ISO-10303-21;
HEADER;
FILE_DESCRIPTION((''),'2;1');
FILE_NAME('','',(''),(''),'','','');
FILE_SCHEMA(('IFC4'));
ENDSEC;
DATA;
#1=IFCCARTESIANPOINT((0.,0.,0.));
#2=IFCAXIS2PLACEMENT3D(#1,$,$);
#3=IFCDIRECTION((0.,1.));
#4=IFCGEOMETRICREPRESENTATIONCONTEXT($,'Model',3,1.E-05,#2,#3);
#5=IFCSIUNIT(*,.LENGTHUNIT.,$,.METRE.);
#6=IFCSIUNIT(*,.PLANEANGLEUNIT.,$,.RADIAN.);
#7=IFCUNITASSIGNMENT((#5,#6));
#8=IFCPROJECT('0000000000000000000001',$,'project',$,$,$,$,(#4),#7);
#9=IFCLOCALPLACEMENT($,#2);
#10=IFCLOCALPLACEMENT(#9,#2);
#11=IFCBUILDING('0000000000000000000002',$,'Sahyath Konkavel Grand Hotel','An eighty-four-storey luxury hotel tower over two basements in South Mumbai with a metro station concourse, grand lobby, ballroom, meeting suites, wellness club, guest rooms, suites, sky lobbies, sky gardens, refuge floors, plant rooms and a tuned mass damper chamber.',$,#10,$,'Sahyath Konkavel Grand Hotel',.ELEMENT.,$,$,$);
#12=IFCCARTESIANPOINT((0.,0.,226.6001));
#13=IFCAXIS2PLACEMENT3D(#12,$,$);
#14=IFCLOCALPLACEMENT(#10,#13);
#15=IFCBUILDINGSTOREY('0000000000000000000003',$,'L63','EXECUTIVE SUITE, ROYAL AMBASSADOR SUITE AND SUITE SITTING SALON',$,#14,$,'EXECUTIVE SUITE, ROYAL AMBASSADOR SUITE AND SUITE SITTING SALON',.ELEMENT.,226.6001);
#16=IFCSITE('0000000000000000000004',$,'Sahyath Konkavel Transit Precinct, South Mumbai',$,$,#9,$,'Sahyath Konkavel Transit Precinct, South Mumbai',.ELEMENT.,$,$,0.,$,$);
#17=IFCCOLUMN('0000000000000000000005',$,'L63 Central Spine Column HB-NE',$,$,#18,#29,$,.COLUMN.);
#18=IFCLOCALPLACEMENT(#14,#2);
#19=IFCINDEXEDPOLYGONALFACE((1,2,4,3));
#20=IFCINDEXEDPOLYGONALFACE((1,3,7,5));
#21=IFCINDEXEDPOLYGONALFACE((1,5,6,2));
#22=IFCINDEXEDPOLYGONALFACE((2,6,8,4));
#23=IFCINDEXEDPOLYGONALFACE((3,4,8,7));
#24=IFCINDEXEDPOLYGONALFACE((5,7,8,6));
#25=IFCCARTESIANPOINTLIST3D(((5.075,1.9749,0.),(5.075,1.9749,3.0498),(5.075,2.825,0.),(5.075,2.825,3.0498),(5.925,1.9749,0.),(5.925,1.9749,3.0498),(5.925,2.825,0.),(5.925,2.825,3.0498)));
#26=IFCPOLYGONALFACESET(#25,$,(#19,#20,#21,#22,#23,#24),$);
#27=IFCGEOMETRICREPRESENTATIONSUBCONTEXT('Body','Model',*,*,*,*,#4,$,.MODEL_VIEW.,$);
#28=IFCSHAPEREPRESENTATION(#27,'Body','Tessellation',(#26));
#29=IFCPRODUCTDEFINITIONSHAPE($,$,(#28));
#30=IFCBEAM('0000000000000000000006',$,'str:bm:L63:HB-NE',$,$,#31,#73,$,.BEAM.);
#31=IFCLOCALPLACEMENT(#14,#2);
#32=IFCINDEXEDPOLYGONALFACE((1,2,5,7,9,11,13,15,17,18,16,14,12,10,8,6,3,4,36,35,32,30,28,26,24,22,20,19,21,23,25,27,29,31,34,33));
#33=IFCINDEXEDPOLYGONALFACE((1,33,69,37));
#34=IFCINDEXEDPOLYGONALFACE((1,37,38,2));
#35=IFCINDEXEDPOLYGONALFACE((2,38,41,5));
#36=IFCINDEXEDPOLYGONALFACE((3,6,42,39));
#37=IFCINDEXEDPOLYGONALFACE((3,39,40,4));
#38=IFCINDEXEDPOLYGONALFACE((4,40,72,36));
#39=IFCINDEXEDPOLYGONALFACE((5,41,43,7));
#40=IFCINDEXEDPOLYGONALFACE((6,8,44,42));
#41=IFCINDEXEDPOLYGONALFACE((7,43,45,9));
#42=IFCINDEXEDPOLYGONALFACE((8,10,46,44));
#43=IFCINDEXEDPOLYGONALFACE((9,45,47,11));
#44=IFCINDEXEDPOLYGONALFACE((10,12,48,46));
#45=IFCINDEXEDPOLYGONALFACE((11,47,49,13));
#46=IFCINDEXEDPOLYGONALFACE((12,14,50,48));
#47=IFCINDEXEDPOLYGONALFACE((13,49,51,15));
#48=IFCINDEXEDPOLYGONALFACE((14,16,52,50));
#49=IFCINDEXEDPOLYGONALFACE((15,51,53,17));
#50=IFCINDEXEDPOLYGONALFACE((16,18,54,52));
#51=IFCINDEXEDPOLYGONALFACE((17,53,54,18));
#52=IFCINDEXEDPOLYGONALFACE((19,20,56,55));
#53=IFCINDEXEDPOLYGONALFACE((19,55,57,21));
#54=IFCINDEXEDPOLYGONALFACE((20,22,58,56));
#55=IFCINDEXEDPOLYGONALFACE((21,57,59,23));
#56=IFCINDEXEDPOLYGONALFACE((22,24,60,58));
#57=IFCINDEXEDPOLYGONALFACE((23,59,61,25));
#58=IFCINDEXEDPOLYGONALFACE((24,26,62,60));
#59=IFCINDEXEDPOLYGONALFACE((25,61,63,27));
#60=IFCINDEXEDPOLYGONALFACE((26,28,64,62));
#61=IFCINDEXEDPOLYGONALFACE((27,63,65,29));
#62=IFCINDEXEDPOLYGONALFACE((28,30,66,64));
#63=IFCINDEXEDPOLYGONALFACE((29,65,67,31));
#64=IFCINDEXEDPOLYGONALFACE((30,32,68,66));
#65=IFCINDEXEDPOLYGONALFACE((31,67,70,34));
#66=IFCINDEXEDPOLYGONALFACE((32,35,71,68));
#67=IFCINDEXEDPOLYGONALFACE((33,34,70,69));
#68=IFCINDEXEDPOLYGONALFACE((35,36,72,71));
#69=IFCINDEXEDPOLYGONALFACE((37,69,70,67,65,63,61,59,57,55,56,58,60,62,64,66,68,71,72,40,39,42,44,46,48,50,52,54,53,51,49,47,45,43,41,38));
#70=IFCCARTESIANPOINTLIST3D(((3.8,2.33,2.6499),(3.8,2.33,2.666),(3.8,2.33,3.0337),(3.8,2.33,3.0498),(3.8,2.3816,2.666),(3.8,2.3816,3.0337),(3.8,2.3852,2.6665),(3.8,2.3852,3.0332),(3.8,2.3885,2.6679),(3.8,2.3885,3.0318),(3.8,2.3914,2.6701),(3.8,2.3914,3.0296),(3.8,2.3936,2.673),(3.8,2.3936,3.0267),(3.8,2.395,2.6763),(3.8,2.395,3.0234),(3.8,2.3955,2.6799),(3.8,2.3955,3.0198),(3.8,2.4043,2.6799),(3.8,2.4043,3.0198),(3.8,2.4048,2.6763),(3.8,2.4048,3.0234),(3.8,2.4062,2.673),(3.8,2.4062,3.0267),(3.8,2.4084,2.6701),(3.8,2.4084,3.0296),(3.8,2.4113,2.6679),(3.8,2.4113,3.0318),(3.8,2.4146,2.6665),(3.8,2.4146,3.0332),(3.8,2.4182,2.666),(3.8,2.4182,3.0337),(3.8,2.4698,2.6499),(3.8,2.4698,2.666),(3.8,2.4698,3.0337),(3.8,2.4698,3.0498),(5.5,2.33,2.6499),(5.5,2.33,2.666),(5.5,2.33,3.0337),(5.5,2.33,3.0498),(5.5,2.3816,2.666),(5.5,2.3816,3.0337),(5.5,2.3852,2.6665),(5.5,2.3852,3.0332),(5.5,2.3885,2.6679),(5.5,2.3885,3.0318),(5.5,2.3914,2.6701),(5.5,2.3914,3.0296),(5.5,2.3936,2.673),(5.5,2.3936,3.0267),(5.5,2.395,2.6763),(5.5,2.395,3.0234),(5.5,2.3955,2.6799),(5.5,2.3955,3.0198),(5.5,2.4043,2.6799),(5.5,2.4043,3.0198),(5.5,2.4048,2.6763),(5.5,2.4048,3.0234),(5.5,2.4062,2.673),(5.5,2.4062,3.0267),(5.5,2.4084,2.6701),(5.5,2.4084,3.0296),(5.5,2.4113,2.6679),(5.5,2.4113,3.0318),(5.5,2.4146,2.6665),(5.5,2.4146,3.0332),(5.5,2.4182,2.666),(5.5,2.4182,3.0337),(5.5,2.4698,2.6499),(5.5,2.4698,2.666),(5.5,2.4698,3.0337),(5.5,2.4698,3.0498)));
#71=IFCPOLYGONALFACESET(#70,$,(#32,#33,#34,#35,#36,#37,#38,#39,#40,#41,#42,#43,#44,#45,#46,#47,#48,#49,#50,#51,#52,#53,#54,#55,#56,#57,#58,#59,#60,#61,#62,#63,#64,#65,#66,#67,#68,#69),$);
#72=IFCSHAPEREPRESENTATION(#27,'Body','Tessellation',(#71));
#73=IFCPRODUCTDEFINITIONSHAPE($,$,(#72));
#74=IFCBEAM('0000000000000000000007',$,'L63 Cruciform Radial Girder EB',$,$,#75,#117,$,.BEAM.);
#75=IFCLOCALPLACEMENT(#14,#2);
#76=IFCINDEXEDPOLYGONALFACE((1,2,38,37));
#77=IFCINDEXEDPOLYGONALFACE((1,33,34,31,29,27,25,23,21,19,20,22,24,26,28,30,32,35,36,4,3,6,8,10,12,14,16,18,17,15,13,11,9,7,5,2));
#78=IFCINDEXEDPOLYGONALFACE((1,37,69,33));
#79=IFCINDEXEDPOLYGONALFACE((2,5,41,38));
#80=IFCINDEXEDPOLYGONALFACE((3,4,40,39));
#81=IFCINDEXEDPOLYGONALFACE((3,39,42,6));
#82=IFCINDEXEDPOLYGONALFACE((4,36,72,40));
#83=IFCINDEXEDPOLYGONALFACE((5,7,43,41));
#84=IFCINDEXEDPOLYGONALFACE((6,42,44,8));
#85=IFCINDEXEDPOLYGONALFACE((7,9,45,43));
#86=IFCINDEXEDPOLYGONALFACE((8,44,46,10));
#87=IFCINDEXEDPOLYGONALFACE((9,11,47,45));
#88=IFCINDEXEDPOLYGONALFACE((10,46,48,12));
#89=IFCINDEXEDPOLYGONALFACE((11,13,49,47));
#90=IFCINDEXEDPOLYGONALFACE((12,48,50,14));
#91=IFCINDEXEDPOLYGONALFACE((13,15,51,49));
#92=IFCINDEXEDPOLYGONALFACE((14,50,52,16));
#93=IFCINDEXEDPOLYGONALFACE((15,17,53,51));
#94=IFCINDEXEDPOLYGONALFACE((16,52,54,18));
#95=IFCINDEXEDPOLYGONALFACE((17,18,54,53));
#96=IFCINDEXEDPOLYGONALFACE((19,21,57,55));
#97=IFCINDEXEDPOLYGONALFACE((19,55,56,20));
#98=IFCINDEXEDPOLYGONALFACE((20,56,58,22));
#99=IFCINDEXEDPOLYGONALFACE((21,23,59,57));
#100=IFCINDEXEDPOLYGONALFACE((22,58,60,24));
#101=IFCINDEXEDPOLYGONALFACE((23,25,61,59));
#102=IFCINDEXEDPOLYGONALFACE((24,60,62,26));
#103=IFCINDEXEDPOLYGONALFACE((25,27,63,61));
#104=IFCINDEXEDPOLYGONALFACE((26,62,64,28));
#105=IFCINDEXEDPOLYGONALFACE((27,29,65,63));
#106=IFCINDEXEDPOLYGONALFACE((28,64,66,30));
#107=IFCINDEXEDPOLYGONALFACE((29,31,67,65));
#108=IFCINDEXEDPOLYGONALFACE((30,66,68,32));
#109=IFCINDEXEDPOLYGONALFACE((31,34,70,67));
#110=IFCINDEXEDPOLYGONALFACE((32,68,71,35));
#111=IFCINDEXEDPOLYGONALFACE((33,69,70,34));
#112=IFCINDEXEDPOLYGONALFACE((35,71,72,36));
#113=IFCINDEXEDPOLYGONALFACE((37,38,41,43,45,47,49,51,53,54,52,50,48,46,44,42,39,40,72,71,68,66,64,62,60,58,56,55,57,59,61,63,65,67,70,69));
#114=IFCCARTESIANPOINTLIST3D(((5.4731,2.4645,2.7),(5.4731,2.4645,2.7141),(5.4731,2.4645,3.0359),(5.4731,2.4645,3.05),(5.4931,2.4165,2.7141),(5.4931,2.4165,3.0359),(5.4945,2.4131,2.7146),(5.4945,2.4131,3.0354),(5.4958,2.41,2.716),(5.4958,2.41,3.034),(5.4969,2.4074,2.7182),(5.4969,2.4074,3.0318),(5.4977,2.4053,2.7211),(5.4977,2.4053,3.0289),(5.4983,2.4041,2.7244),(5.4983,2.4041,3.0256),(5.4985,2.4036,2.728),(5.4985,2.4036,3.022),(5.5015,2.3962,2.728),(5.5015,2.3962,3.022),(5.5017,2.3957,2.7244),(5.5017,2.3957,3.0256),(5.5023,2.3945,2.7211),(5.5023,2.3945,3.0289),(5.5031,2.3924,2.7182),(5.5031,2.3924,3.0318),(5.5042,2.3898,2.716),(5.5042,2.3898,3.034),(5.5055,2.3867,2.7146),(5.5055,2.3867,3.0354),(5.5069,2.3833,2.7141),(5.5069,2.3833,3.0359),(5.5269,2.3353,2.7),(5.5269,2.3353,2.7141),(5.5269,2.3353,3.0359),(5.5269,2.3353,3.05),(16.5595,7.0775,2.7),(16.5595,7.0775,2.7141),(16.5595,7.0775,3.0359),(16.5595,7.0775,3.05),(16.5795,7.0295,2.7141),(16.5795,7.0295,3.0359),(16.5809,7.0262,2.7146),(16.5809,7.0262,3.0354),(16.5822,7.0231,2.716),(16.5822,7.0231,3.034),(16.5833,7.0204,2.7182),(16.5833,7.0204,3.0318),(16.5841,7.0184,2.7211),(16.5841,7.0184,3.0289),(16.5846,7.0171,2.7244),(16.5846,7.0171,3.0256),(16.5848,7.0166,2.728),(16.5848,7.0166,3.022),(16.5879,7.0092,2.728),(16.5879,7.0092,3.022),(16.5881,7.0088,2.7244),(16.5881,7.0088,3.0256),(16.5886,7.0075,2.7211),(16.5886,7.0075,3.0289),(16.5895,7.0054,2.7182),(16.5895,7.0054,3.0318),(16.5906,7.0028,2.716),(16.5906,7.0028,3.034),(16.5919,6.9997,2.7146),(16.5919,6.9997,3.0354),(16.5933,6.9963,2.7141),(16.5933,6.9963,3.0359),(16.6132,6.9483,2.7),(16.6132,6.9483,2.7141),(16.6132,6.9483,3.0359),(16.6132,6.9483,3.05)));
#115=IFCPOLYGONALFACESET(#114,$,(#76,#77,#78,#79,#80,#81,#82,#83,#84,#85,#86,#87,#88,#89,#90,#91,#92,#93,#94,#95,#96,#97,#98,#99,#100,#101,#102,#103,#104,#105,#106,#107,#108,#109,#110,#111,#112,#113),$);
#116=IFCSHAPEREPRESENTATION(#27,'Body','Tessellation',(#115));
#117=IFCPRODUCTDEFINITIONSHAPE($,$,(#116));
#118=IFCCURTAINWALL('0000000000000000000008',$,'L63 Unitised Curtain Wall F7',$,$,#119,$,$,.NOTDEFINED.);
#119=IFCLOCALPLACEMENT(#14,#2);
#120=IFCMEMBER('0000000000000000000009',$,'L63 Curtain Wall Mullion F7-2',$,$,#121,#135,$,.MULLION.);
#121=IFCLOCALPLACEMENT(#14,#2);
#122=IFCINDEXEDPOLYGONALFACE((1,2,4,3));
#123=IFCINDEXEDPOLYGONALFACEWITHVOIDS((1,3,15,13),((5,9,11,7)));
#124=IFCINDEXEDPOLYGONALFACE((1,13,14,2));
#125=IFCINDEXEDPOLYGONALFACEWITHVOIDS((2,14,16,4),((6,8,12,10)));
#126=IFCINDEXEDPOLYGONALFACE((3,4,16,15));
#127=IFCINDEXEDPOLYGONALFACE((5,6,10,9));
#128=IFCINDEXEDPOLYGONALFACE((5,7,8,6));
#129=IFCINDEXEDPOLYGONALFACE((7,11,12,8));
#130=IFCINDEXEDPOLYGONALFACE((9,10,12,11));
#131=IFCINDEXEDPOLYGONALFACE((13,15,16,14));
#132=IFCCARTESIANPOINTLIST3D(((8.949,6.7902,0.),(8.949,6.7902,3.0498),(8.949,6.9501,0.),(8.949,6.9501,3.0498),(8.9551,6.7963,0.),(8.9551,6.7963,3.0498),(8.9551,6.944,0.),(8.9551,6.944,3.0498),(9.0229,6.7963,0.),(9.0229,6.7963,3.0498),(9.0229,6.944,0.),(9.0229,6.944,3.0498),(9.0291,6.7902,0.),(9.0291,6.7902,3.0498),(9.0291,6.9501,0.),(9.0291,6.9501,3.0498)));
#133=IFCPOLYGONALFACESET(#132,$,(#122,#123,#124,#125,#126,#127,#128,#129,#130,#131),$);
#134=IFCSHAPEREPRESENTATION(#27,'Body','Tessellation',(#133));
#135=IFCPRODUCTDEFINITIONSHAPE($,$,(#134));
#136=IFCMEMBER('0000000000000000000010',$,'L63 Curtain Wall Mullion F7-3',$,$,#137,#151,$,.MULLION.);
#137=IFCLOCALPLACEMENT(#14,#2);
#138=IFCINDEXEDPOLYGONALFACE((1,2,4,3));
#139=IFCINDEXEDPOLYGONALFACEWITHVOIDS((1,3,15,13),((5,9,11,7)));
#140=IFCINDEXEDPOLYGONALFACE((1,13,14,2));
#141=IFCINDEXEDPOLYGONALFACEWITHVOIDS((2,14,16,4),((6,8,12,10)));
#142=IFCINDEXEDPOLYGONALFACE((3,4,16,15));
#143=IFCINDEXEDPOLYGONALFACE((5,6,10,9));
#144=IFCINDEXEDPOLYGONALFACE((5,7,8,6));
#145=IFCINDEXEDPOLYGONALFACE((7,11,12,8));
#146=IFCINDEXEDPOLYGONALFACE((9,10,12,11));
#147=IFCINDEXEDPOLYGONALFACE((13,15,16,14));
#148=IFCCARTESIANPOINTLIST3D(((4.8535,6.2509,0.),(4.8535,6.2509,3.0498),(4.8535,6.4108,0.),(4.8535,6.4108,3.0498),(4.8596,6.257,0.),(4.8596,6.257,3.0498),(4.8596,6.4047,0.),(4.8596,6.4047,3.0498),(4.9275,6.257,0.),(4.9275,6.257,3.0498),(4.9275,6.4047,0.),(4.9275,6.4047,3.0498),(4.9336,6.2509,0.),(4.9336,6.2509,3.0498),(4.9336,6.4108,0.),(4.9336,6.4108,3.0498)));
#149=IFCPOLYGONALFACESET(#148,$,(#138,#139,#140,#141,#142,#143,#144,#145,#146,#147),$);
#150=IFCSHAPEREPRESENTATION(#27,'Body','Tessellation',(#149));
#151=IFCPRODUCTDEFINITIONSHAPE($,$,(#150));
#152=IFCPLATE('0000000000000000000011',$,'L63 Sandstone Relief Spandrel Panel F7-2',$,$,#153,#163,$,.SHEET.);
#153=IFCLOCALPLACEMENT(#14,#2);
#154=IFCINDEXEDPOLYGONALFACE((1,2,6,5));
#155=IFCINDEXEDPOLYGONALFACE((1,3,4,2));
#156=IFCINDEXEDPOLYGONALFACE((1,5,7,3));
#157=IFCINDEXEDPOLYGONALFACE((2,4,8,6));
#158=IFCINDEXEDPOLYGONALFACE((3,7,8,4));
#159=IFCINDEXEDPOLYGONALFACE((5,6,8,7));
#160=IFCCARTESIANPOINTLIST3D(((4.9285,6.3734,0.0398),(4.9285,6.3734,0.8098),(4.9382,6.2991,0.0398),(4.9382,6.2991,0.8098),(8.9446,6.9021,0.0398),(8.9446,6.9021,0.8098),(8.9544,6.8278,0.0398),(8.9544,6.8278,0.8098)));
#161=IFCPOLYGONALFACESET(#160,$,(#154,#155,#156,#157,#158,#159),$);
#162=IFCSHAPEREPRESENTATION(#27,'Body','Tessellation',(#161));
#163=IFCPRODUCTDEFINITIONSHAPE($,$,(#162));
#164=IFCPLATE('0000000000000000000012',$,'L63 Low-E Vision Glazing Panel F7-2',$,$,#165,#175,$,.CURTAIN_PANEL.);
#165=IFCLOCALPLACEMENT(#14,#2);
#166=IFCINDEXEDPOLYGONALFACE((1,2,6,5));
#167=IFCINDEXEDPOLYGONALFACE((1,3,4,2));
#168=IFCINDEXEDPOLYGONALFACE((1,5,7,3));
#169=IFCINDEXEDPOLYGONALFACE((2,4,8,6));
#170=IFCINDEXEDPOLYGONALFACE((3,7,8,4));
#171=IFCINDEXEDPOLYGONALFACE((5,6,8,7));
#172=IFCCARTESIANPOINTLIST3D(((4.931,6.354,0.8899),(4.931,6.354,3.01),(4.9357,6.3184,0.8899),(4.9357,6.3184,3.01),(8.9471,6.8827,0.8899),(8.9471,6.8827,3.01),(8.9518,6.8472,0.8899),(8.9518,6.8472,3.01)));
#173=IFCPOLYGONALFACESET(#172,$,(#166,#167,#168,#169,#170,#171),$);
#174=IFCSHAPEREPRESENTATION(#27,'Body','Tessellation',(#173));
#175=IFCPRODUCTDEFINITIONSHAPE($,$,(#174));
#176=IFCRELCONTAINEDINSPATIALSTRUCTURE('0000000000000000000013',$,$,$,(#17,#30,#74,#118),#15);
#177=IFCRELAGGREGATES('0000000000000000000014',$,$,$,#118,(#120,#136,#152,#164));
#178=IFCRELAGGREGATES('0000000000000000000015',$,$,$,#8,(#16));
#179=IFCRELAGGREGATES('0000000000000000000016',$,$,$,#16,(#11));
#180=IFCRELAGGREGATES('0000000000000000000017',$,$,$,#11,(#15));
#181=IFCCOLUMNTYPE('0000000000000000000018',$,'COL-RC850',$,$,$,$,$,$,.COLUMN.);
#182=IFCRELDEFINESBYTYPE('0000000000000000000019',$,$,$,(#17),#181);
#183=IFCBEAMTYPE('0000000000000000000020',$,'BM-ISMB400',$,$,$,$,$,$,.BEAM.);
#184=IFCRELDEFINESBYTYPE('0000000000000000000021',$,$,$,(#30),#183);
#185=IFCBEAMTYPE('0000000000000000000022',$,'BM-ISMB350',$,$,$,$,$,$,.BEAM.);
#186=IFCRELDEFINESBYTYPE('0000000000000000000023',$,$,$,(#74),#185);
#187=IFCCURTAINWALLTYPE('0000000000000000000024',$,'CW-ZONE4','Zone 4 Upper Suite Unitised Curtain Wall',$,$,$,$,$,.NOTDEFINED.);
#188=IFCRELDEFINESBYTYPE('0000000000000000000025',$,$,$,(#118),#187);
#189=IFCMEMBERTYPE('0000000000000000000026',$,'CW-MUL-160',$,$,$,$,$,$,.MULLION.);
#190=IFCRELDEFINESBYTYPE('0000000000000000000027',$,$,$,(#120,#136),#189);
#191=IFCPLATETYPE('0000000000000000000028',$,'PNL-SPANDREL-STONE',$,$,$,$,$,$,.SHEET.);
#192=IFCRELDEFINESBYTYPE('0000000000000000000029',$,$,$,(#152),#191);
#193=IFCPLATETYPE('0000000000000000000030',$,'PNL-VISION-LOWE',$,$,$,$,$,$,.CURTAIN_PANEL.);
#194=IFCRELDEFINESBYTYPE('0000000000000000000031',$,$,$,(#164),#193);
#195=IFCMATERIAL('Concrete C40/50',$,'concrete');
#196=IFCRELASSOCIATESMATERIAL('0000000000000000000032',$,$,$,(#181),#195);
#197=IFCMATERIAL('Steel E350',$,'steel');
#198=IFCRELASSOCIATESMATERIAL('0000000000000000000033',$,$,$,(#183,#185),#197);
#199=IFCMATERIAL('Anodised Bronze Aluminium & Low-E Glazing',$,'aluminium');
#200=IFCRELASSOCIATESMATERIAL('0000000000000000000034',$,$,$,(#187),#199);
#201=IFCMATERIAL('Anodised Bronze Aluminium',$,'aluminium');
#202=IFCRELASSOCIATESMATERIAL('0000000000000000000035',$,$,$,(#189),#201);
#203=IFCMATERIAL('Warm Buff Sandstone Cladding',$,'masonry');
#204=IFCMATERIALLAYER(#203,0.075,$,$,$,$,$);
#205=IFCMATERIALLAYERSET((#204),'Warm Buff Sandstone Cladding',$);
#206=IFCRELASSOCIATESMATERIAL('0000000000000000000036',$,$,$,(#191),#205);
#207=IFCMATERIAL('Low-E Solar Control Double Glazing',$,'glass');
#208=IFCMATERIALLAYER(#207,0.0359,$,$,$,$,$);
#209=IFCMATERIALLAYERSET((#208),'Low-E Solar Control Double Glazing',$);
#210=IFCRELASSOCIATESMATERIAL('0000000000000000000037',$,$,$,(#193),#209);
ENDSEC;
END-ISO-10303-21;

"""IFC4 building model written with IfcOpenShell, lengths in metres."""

from ifc_helpers import new_model, si_unit, direction, frame, origin, origin_2d, place, context, subcontext, project, spatial, rectangle, hollow_rectangle, i_section, extrude, source, transform, mapped, material, layer, layer_set, material_profile, profile_set, type_object, element, aggregate, save


model = new_model("IFC4")

# Units and contexts
model_context = context("Model", 3, precision=1e-05, world=origin(), true_north=direction((0.0, 1.0)))
body_context = subcontext(model_context, "Body", "Model", "MODEL_VIEW")
ifc_project = project(units=[si_unit("LENGTHUNIT", "METRE"), si_unit("PLANEANGLEUNIT", "RADIAN")], contexts=[model_context])

# Site, building, storey
site_placement = place(None, origin())
site = spatial("IfcSite", under=ifc_project, at=site_placement, Name="Sahyath Konkavel Transit Precinct, South Mumbai", LongName="Sahyath Konkavel Transit Precinct, South Mumbai", CompositionType="ELEMENT", RefElevation=0.0)
building_placement = place(site_placement, origin())
building = spatial("IfcBuilding", under=site, at=building_placement, Name="Sahyath Konkavel Grand Hotel", Description="An eighty-four-storey luxury hotel tower over two basements in South Mumbai with a metro station concourse, grand lobby, ballroom, meeting suites, wellness club, guest rooms, suites, sky lobbies, sky gardens, refuge floors, plant rooms and a tuned mass damper chamber.", LongName="Sahyath Konkavel Grand Hotel", CompositionType="ELEMENT")
storey_placement = place(building_placement, frame((0.0, 0.0, 226.6001)))
storey = spatial("IfcBuildingStorey", under=building, at=storey_placement, Name="L63", Description="EXECUTIVE SUITE, ROYAL AMBASSADOR SUITE AND SUITE SITTING SALON", LongName="EXECUTIVE SUITE, ROYAL AMBASSADOR SUITE AND SUITE SITTING SALON", CompositionType="ELEMENT", Elevation=226.6001)

# Column
ifc_material_1 = material(Name="Concrete C40/50", Category="concrete")
ifc_material_profile_1 = material_profile(ifc_material_1, rectangle(XDim=0.8501, YDim=0.8501, at=origin_2d()), Name="RC 850x850")
ifc_profile_set_1 = profile_set([ifc_material_profile_1], Name="Concrete C40/50")
column_type = type_object("IfcColumnType", Name="COL-RC850", PredefinedType="COLUMN", material=ifc_profile_set_1)
shared_shape_1 = source(origin(), body_context, "Body", "SweptSolid", [
    extrude(rectangle(XDim=0.8501, YDim=0.8501, at=origin_2d()), origin(), (0.0, 0.0, 1.0), 3.0498),
])
column_placement = place(storey_placement, frame((5.5, 2.3999, 0.0), z_axis=(0.0, 0.0, 1.0), x_axis=(1.0, 0.0, 0.0)))
element("IfcColumn", 1, at=column_placement, inside=storey, type_object=column_type, Name="L63 Central Spine Column HB-NE", PredefinedType="COLUMN", context=body_context, shape_type="MappedRepresentation", body=[
    mapped(shared_shape_1, transform((0.0, 0.0, 0.0), scale=1.0)),
])

# Beams
ifc_material_2 = material(Name="Steel E350", Category="steel")
ifc_material_profile_2 = material_profile(ifc_material_2, i_section(OverallWidth=0.1399, OverallDepth=0.3999, WebThickness=0.0088, FlangeThickness=0.0161, FilletRadius=0.0139, at=origin_2d()), Name="ISMB 400")
ifc_profile_set_2 = profile_set([ifc_material_profile_2], Name="Steel E350")
beam_type_1 = type_object("IfcBeamType", Name="BM-ISMB400", PredefinedType="BEAM", material=ifc_profile_set_2)
shared_shape_2 = source(origin(), body_context, "Body", "SweptSolid", [
    extrude(i_section(OverallWidth=0.1399, OverallDepth=0.3999, WebThickness=0.0088, FlangeThickness=0.0161, FilletRadius=0.0139, at=origin_2d()), origin(), (0.0, 0.0, 1.0), 1.7),
])
beam_1_placement = place(storey_placement, frame((3.8, 2.3999, 2.8499), z_axis=(1.0, 0.0, 0.0), x_axis=(0.0, 1.0, 0.0)))
element("IfcBeam", 2, at=beam_1_placement, inside=storey, type_object=beam_type_1, Name="str:bm:L63:HB-NE", PredefinedType="BEAM", context=body_context, shape_type="MappedRepresentation", body=[
    mapped(shared_shape_2, transform((0.0, 0.0, 0.0), scale=1.0)),
])
ifc_material_profile_3 = material_profile(ifc_material_2, i_section(OverallWidth=0.1399, OverallDepth=0.3501, WebThickness=0.0081, FlangeThickness=0.0142, FilletRadius=0.0139, at=origin_2d()), Name="ISMB 350")
ifc_profile_set_3 = profile_set([ifc_material_profile_3], Name="Steel E350")
beam_type_2 = type_object("IfcBeamType", Name="BM-ISMB350", PredefinedType="BEAM", material=ifc_profile_set_3)
shared_shape_3 = source(origin(), body_context, "Body", "SweptSolid", [
    extrude(i_section(OverallWidth=0.1399, OverallDepth=0.3501, WebThickness=0.0081, FlangeThickness=0.0142, FilletRadius=0.0139, at=origin_2d()), origin(), (0.0, 0.0, 1.0), 12.0078),
])
beam_2_placement = place(storey_placement, frame((5.5, 2.3999, 2.875), z_axis=(0.923263, 0.384168, 0.0), x_axis=(-0.384168, 0.923263, 0.0)))
element("IfcBeam", 3, at=beam_2_placement, inside=storey, type_object=beam_type_2, Name="L63 Cruciform Radial Girder EB", PredefinedType="BEAM", context=body_context, shape_type="MappedRepresentation", body=[
    mapped(shared_shape_3, transform((0.0, 0.0, 0.0), scale=1.0)),
])

# Curtain wall, members, plates
ifc_material_3 = material(Name="Anodised Bronze Aluminium & Low-E Glazing", Category="aluminium")
curtain_wall_type = type_object("IfcCurtainWallType", Name="CW-ZONE4", Description="Zone 4 Upper Suite Unitised Curtain Wall", PredefinedType="NOTDEFINED", material=ifc_material_3)
curtain_wall_placement = place(storey_placement, origin())
curtain_wall = element("IfcCurtainWall", 4, at=curtain_wall_placement, inside=storey, type_object=curtain_wall_type, Name="L63 Unitised Curtain Wall F7", PredefinedType="NOTDEFINED")
ifc_material_4 = material(Name="Anodised Bronze Aluminium", Category="aluminium")
ifc_material_profile_4 = material_profile(ifc_material_4, hollow_rectangle(XDim=0.0801, YDim=0.1599, WallThickness=0.0061, at=origin_2d()), Name="RHS 160x80x6")
ifc_profile_set_4 = profile_set([ifc_material_profile_4], Name="Anodised Bronze Aluminium")
member_type = type_object("IfcMemberType", Name="CW-MUL-160", PredefinedType="MULLION", material=ifc_profile_set_4)
shared_shape_4 = source(origin(), body_context, "Body", "SweptSolid", [
    extrude(hollow_rectangle(XDim=0.0801, YDim=0.1599, WallThickness=0.0061, at=origin_2d()), origin(), (0.0, 0.0, 1.0), 3.0498),
])
member_1_placement = place(storey_placement, frame((8.989, 6.8701, 0.0), z_axis=(0.0, 0.0, 1.0), x_axis=(1.0, 0.0, 0.0)))
member_1 = element("IfcMember", 5, at=member_1_placement, type_object=member_type, Name="L63 Curtain Wall Mullion F7-2", PredefinedType="MULLION", context=body_context, shape_type="MappedRepresentation", body=[
    mapped(shared_shape_4, transform((0.0, 0.0, 0.0), scale=1.0)),
])
member_2_placement = place(storey_placement, frame((4.8936, 6.3308, 0.0), z_axis=(0.0, 0.0, 1.0), x_axis=(1.0, 0.0, 0.0)))
member_2 = element("IfcMember", 6, at=member_2_placement, type_object=member_type, Name="L63 Curtain Wall Mullion F7-3", PredefinedType="MULLION", context=body_context, shape_type="MappedRepresentation", body=[
    mapped(shared_shape_4, transform((0.0, 0.0, 0.0), scale=1.0)),
])
ifc_material_5 = material(Name="Warm Buff Sandstone Cladding", Category="masonry")
ifc_layer_1 = layer(ifc_material_5, 0.075)
ifc_layer_set_1 = layer_set([ifc_layer_1], Name="Warm Buff Sandstone Cladding")
plate_type_1 = type_object("IfcPlateType", Name="PNL-SPANDREL-STONE", PredefinedType="SHEET", material=ifc_layer_set_1)
shared_shape_5 = source(origin(), body_context, "Body", "SweptSolid", [
    extrude(rectangle(XDim=4.0508, YDim=0.075, at=origin_2d()), origin(), (0.0, 0.0, 1.0), 0.77),
])
plate_1_placement = place(storey_placement, frame((6.9414, 6.6006, 0.0398), z_axis=(0.0, 0.0, 1.0), x_axis=(-0.991445, -0.130526, 0.0)))
plate_1 = element("IfcPlate", 7, at=plate_1_placement, type_object=plate_type_1, Name="L63 Sandstone Relief Spandrel Panel F7-2", PredefinedType="SHEET", context=body_context, shape_type="MappedRepresentation", body=[
    mapped(shared_shape_5, transform((0.0, 0.0, 0.0), scale=1.0)),
])
ifc_material_6 = material(Name="Low-E Solar Control Double Glazing", Category="glass")
ifc_layer_2 = layer(ifc_material_6, 0.0359)
ifc_layer_set_2 = layer_set([ifc_layer_2], Name="Low-E Solar Control Double Glazing")
plate_type_2 = type_object("IfcPlateType", Name="PNL-VISION-LOWE", PredefinedType="CURTAIN_PANEL", material=ifc_layer_set_2)
shared_shape_6 = source(origin(), body_context, "Body", "SweptSolid", [
    extrude(rectangle(XDim=4.0508, YDim=0.0359, at=origin_2d()), origin(), (0.0, 0.0, 1.0), 2.1201),
])
plate_2_placement = place(storey_placement, frame((6.9414, 6.6006, 0.8899), z_axis=(0.0, 0.0, 1.0), x_axis=(-0.991445, -0.130526, 0.0)))
plate_2 = element("IfcPlate", 8, at=plate_2_placement, type_object=plate_type_2, Name="L63 Low-E Vision Glazing Panel F7-2", PredefinedType="CURTAIN_PANEL", context=body_context, shape_type="MappedRepresentation", body=[
    mapped(shared_shape_6, transform((0.0, 0.0, 0.0), scale=1.0)),
])
aggregate(curtain_wall, [member_1, member_2, plate_1, plate_2])

save(model, "model.ifc")
